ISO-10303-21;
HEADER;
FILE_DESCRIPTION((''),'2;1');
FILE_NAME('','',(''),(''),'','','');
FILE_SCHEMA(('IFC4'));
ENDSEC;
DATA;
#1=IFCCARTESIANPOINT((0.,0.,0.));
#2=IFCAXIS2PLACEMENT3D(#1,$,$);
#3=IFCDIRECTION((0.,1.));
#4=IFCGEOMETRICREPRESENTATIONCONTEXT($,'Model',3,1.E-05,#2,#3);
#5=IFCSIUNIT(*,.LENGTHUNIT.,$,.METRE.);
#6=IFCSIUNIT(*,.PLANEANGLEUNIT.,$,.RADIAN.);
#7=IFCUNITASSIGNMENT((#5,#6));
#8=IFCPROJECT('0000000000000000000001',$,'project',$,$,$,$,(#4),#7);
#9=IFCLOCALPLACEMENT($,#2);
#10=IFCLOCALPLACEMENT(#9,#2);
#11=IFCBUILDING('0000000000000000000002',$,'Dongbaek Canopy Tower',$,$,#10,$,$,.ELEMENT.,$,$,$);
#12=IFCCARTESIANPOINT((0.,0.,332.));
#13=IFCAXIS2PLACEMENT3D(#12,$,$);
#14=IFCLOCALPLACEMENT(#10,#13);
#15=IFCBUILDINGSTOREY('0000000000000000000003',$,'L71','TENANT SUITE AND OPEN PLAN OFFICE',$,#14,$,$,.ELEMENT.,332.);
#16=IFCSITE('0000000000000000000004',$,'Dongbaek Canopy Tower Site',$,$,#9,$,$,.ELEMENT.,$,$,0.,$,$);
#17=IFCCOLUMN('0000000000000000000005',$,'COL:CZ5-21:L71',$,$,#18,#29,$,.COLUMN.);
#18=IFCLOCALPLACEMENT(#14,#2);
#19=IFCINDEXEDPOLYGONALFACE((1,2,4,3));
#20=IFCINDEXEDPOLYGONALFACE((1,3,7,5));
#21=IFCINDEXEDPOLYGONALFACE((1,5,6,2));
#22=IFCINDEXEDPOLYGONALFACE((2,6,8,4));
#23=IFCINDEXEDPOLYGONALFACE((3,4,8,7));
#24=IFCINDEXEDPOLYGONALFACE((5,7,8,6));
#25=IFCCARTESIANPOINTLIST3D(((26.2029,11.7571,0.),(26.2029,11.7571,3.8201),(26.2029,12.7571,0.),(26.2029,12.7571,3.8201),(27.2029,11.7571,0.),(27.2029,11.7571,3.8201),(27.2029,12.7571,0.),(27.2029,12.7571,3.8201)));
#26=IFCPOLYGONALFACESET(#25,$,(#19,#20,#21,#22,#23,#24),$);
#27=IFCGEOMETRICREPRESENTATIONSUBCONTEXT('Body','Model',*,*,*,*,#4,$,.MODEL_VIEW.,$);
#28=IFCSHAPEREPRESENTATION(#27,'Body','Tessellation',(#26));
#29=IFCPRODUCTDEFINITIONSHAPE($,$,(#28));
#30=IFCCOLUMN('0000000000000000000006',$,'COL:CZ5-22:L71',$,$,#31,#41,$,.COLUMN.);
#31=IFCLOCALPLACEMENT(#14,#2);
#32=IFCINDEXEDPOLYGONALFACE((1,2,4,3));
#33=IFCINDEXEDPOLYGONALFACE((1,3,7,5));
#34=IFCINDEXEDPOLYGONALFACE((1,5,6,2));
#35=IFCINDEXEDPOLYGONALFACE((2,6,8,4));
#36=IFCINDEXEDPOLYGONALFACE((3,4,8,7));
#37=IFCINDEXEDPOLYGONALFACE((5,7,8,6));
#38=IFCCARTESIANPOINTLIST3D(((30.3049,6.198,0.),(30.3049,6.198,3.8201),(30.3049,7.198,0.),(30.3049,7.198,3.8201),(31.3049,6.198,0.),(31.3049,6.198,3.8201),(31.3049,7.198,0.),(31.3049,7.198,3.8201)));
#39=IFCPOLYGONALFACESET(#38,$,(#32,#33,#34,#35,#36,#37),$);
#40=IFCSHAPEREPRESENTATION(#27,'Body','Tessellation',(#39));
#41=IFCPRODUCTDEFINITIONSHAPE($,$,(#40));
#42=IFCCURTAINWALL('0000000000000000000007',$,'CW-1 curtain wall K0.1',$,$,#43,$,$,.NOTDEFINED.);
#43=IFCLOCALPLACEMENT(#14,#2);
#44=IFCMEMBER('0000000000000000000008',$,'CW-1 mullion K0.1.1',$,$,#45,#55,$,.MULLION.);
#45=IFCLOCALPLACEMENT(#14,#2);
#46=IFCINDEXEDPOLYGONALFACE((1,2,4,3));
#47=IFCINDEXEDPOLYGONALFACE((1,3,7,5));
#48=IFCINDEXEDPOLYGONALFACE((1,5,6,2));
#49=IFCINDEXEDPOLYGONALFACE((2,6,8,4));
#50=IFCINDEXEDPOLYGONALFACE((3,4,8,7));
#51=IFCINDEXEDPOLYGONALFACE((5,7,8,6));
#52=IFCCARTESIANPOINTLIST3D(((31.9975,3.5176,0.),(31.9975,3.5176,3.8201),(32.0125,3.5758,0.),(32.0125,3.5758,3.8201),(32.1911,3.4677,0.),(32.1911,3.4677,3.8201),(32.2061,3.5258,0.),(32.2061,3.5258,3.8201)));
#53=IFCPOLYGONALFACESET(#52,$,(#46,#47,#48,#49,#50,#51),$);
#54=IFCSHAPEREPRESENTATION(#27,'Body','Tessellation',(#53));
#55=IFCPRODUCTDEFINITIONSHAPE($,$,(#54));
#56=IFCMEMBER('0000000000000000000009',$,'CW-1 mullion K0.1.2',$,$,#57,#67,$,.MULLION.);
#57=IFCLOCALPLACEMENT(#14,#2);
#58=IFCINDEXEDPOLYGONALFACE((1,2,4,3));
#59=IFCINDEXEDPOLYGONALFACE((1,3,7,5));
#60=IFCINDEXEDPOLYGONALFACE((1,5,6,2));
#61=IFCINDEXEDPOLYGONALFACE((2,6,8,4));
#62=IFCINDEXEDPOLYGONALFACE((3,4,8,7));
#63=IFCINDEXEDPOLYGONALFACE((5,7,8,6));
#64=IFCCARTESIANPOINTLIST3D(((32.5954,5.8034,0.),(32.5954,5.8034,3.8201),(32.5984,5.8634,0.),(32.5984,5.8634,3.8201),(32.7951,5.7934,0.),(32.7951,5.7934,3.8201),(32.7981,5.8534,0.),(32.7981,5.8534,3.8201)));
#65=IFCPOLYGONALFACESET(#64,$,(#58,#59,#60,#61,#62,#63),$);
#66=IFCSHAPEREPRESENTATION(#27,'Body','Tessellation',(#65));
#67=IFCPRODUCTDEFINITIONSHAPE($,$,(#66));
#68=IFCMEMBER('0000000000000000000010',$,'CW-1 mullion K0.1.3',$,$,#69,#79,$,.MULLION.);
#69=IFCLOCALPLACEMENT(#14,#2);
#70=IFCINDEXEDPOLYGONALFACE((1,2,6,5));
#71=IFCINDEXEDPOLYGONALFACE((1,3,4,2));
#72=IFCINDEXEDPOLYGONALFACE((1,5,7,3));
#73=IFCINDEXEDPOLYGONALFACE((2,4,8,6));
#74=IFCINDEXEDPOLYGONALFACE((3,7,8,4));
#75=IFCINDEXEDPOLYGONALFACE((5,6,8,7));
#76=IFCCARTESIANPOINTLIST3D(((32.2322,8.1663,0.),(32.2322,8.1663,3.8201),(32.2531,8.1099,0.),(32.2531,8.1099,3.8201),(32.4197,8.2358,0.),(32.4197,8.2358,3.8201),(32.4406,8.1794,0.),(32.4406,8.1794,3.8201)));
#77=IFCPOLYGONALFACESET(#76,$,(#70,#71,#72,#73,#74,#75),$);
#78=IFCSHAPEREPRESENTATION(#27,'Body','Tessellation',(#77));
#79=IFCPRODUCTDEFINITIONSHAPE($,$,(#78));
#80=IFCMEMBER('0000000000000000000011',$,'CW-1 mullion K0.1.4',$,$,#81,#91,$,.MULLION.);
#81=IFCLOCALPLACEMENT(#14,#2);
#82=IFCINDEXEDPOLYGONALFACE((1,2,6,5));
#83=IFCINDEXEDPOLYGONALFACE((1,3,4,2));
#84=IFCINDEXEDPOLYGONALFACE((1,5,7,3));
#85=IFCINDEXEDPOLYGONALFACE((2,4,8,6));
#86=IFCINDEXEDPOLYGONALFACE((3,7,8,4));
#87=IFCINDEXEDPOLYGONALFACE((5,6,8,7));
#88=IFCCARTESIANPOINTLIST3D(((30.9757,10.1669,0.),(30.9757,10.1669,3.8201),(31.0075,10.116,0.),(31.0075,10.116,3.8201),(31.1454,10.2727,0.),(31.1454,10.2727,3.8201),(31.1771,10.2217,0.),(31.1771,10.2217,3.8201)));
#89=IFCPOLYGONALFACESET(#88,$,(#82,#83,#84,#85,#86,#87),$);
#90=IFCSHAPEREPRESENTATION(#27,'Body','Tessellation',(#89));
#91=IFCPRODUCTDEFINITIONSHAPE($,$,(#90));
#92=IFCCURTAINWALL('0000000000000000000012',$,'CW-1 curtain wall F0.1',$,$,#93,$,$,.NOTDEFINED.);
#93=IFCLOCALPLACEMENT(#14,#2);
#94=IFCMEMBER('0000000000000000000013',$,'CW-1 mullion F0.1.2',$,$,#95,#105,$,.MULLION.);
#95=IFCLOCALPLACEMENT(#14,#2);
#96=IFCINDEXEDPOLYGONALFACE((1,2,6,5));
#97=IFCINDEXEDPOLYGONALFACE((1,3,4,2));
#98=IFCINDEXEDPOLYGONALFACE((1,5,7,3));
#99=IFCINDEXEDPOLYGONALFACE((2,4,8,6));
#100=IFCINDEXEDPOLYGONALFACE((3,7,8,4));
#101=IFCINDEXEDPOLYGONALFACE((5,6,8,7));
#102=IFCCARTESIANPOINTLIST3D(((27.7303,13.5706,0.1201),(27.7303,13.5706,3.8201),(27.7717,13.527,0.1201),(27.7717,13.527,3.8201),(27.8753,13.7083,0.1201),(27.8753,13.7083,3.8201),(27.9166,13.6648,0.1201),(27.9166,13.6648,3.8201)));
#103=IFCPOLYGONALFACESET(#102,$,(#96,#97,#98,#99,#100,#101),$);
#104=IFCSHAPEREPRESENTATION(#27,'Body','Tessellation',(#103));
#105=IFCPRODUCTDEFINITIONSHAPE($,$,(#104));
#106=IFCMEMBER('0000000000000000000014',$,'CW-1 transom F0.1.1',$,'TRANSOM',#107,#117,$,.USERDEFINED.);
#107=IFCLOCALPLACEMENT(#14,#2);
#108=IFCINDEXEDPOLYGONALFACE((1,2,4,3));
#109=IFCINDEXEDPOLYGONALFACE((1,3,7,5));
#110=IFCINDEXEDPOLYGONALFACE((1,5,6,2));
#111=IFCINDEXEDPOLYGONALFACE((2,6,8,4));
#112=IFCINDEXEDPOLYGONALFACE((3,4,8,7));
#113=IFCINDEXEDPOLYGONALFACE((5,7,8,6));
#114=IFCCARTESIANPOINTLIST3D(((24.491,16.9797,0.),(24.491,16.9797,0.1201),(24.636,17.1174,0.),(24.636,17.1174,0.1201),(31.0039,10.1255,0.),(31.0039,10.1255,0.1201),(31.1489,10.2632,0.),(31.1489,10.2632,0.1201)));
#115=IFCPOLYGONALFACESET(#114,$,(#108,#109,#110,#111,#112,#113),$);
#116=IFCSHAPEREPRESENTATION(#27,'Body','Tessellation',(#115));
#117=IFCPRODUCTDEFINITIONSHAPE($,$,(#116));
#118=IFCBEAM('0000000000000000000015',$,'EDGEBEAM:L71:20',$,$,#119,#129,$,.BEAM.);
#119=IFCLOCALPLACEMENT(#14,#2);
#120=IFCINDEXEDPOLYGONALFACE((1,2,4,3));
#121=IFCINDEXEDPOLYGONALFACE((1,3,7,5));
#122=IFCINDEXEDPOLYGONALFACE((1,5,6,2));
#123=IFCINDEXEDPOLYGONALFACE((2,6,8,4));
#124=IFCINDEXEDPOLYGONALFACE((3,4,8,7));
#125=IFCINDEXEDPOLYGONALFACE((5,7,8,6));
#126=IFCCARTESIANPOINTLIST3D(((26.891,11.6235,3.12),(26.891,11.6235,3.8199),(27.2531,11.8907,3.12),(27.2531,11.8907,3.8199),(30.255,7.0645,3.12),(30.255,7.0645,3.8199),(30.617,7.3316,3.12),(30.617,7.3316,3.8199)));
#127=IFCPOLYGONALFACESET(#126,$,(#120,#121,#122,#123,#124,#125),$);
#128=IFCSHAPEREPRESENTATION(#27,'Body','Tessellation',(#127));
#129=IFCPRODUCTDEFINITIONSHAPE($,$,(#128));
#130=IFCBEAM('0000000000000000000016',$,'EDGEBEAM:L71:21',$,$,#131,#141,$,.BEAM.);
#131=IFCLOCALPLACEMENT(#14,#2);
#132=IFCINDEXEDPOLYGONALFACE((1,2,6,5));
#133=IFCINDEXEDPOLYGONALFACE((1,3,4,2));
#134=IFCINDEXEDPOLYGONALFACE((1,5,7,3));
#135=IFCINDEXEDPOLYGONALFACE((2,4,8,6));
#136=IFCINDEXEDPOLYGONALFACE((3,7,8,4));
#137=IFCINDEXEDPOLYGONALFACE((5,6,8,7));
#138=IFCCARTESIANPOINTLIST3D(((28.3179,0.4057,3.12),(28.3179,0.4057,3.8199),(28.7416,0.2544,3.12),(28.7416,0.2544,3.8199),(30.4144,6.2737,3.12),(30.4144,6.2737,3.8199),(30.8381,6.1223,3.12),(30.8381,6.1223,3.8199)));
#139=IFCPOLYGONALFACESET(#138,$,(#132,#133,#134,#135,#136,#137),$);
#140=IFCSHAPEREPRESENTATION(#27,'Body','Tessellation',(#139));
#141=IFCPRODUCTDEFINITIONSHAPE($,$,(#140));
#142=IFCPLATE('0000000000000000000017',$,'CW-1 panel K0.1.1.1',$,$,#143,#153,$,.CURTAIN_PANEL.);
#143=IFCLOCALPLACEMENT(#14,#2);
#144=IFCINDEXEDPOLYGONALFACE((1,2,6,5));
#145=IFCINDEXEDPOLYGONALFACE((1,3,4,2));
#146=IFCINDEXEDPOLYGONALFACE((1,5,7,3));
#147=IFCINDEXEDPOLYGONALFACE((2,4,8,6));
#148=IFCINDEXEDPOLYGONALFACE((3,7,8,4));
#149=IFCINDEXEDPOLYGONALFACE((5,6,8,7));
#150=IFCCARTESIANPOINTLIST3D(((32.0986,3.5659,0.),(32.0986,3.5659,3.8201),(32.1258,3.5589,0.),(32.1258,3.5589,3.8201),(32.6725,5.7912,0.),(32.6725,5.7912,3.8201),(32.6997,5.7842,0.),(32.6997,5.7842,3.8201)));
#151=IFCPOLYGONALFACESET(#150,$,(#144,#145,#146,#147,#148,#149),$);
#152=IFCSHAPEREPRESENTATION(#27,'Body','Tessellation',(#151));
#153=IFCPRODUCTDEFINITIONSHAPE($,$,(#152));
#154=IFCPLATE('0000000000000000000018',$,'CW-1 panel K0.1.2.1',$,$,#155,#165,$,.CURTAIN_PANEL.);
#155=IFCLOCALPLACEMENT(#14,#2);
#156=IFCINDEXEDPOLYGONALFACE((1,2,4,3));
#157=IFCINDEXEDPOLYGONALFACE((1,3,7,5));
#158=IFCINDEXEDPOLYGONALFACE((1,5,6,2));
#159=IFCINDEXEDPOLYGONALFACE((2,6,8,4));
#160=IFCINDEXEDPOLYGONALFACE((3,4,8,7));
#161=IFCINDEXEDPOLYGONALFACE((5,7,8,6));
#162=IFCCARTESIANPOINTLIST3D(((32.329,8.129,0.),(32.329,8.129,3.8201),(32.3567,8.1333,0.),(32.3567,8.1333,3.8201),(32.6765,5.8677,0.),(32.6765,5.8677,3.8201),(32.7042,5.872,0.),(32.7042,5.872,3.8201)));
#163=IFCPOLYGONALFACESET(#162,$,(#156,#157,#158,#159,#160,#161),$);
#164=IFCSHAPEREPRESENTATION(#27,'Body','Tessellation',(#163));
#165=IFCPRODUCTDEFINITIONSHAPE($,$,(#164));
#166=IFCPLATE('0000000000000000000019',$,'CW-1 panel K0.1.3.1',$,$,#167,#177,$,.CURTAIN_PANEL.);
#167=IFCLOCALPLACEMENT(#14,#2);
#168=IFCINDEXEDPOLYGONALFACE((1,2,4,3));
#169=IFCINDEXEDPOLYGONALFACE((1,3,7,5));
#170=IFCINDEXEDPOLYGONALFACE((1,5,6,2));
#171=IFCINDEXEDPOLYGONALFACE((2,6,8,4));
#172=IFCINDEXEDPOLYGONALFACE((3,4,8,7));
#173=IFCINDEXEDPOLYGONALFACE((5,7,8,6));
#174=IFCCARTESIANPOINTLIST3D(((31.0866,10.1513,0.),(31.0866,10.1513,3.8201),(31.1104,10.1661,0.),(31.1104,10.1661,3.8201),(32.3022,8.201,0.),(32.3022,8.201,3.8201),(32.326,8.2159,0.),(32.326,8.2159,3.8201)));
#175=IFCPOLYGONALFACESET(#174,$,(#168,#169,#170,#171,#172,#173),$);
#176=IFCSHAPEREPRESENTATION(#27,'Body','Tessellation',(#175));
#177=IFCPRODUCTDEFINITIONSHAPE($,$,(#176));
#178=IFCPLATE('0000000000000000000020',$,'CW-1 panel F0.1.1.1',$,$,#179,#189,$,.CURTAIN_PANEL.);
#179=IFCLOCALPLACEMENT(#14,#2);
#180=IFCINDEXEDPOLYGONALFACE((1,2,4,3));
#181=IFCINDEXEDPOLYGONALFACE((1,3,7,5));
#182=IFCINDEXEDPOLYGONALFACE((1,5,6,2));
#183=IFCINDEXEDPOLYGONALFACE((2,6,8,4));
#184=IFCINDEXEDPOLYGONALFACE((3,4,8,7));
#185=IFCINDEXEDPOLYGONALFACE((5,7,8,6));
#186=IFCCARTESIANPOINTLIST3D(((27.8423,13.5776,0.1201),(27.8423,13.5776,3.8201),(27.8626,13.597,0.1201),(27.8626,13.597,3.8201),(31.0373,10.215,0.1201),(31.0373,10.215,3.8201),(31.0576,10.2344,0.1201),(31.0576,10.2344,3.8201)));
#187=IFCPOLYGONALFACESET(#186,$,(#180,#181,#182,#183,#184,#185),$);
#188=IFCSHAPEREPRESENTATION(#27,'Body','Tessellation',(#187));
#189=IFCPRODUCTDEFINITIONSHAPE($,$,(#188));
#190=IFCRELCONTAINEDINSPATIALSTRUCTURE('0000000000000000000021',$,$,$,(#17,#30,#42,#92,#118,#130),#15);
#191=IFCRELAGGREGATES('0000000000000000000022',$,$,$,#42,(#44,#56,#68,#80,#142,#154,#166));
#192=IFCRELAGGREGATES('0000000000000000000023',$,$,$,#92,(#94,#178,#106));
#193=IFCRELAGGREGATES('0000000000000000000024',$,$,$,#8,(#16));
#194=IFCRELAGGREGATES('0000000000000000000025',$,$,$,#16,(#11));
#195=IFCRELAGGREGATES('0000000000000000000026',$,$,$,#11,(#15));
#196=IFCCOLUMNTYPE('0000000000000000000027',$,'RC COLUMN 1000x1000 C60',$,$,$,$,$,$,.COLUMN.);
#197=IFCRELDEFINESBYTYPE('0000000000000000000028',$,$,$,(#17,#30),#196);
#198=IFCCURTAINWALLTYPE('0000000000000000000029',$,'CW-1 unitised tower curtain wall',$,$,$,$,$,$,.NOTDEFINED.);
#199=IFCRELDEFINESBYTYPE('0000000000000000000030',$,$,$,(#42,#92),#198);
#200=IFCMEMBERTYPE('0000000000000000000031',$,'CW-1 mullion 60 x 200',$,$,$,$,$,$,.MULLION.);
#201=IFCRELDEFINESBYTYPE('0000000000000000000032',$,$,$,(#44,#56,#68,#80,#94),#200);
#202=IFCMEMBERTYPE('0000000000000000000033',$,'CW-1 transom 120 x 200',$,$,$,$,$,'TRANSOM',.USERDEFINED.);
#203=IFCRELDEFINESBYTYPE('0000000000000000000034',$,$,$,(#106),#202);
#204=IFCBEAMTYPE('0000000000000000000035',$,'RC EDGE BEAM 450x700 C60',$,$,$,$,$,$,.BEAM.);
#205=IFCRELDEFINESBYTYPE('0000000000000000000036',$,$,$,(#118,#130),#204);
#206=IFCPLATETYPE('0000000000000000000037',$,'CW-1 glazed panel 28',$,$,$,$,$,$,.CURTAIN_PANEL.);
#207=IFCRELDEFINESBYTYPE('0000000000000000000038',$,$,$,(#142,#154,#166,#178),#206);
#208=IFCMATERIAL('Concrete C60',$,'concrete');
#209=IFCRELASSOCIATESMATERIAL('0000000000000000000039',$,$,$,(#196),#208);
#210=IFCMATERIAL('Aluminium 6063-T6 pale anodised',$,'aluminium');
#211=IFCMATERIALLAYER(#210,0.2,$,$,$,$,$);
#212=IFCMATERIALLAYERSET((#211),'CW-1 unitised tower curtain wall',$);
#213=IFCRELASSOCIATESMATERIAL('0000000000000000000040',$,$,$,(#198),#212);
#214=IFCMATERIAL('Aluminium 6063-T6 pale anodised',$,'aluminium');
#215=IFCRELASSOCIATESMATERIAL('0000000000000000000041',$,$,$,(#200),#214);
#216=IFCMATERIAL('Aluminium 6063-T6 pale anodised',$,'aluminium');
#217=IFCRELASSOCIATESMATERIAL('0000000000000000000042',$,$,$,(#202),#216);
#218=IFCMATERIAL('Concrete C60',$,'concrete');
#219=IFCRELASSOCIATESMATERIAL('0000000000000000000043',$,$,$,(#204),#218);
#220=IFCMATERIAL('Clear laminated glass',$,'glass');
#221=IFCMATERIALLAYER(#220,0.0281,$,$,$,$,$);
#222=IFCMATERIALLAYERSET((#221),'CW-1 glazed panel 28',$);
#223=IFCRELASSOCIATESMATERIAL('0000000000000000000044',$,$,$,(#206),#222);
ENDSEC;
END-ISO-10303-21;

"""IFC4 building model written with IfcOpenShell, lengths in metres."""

from ifc_helpers import new_model, si_unit, direction, frame, origin, origin_2d, place, context, subcontext, project, spatial, rectangle, extrude, material, layer, layer_set, material_profile, profile_set, type_object, element, aggregate, save


model = new_model("IFC4")

# Units and contexts
model_context = context("Model", 3, precision=1e-05, world=origin(), true_north=direction((0.0, 1.0)))
body_context = subcontext(model_context, "Body", "Model", "MODEL_VIEW")
ifc_project = project(units=[si_unit("LENGTHUNIT", "METRE"), si_unit("PLANEANGLEUNIT", "RADIAN")], contexts=[model_context])

# Site, building, storey
site_placement = place(None, origin())
site = spatial("IfcSite", under=ifc_project, at=site_placement, Name="Dongbaek Canopy Tower Site", CompositionType="ELEMENT", RefElevation=0.0)
building_placement = place(site_placement, origin())
building = spatial("IfcBuilding", under=site, at=building_placement, Name="Dongbaek Canopy Tower", CompositionType="ELEMENT")
storey_placement = place(building_placement, frame((0.0, 0.0, 332.0)))
storey = spatial("IfcBuildingStorey", under=building, at=storey_placement, Name="L71", Description="TENANT SUITE AND OPEN PLAN OFFICE", CompositionType="ELEMENT", Elevation=332.0)

# Columns
ifc_material_1 = material(Name="Concrete C60", Category="concrete")
ifc_material_profile_1 = material_profile(ifc_material_1, rectangle(XDim=1.0, YDim=1.0, at=origin_2d()), Name="RC COLUMN 1000x1000 C60")
ifc_profile_set_1 = profile_set([ifc_material_profile_1], Name="Concrete C60")
column_type = type_object("IfcColumnType", Name="RC COLUMN 1000x1000 C60", PredefinedType="COLUMN", material=ifc_profile_set_1)
for number, where, z_axis, x_axis, name in (
    (1, (26.7029, 12.2571, 0.0), (0.0, 0.0, 1.0), (1.0, 0.0, 0.0), "COL:CZ5-21:L71"),
    (2, (30.8049, 6.698, 0.0), (0.0, 0.0, 1.0), (1.0, 0.0, 0.0), "COL:CZ5-22:L71"),
):
    element("IfcColumn", number, at=place(storey_placement, frame(where, z_axis=z_axis, x_axis=x_axis)), inside=storey, type_object=column_type, Name=name, PredefinedType="COLUMN", context=body_context, shape_type="SweptSolid", body=[
        extrude(rectangle(XDim=1.0, YDim=1.0, at=origin_2d()), origin(), (0.0, 0.0, 1.0), 3.8201),
    ])

# Curtain walls, members
ifc_material_2 = material(Name="Aluminium 6063-T6 pale anodised", Category="aluminium")
ifc_layer_1 = layer(ifc_material_2, 0.2)
ifc_layer_set_1 = layer_set([ifc_layer_1], Name="CW-1 unitised tower curtain wall")
curtain_wall_type = type_object("IfcCurtainWallType", Name="CW-1 unitised tower curtain wall", PredefinedType="NOTDEFINED", material=ifc_layer_set_1)
curtain_wall_1_placement = place(storey_placement, origin())
curtain_wall_1 = element("IfcCurtainWall", 3, at=curtain_wall_1_placement, inside=storey, type_object=curtain_wall_type, Name="CW-1 curtain wall K0.1", PredefinedType="NOTDEFINED")
ifc_material_3 = material(Name="Aluminium 6063-T6 pale anodised", Category="aluminium")
ifc_material_profile_2 = material_profile(ifc_material_3, rectangle(XDim=0.2, YDim=0.0601, at=origin_2d()), Name="CW-1 mullion 60 x 200")
ifc_profile_set_2 = profile_set([ifc_material_profile_2], Name="Aluminium 6063-T6 pale anodised")
member_type_1 = type_object("IfcMemberType", Name="CW-1 mullion 60 x 200", PredefinedType="MULLION", material=ifc_profile_set_2)
member_1_placement = place(storey_placement, frame((32.1018, 3.5217, 0.0), z_axis=(0.0, 0.0, 1.0), x_axis=(0.968314, -0.249737, 0.0)))
member_1 = element("IfcMember", 4, at=member_1_placement, type_object=member_type_1, Name="CW-1 mullion K0.1.1", PredefinedType="MULLION", context=body_context, shape_type="SweptSolid", body=[
    extrude(rectangle(XDim=0.2, YDim=0.0601, at=origin_2d()), origin(), (0.0, 0.0, 1.0), 3.8201),
])
member_2_placement = place(storey_placement, frame((32.6968, 5.8284, 0.0), z_axis=(0.0, 0.0, 1.0), x_axis=(0.998752, -0.049937, 0.0)))
member_2 = element("IfcMember", 5, at=member_2_placement, type_object=member_type_1, Name="CW-1 mullion K0.1.2", PredefinedType="MULLION", context=body_context, shape_type="SweptSolid", body=[
    extrude(rectangle(XDim=0.2, YDim=0.0601, at=origin_2d()), origin(), (0.0, 0.0, 1.0), 3.8201),
])
member_3_placement = place(storey_placement, frame((32.3364, 8.1729, 0.0), z_axis=(0.0, 0.0, 1.0), x_axis=(0.937665, 0.34754, 0.0)))
member_3 = element("IfcMember", 6, at=member_3_placement, type_object=member_type_1, Name="CW-1 mullion K0.1.3", PredefinedType="MULLION", context=body_context, shape_type="SweptSolid", body=[
    extrude(rectangle(XDim=0.2, YDim=0.0601, at=origin_2d()), origin(), (0.0, 0.0, 1.0), 3.8201),
])
member_4_placement = place(storey_placement, frame((31.0764, 10.1943, 0.0), z_axis=(0.0, 0.0, 1.0), x_axis=(0.848634, 0.52898, 0.0)))
member_4 = element("IfcMember", 7, at=member_4_placement, type_object=member_type_1, Name="CW-1 mullion K0.1.4", PredefinedType="MULLION", context=body_context, shape_type="SweptSolid", body=[
    extrude(rectangle(XDim=0.2, YDim=0.0601, at=origin_2d()), origin(), (0.0, 0.0, 1.0), 3.8201),
])
curtain_wall_2_placement = place(storey_placement, origin())
curtain_wall_2 = element("IfcCurtainWall", 8, at=curtain_wall_2_placement, inside=storey, type_object=curtain_wall_type, Name="CW-1 curtain wall F0.1", PredefinedType="NOTDEFINED")
member_5_placement = place(storey_placement, frame((27.8235, 13.6177, 0.1201), z_axis=(0.0, 0.0, 1.0), x_axis=(0.72494, 0.688812, 0.0)))
member_5 = element("IfcMember", 9, at=member_5_placement, type_object=member_type_1, Name="CW-1 mullion F0.1.2", PredefinedType="MULLION", context=body_context, shape_type="SweptSolid", body=[
    extrude(rectangle(XDim=0.2, YDim=0.0601, at=origin_2d()), origin(), (0.0, 0.0, 1.0), 3.7),
])
ifc_material_4 = material(Name="Aluminium 6063-T6 pale anodised", Category="aluminium")
ifc_material_profile_3 = material_profile(ifc_material_4, rectangle(XDim=0.2, YDim=0.1201, at=origin_2d()), Name="CW-1 transom 120 x 200")
ifc_profile_set_3 = profile_set([ifc_material_profile_3], Name="Aluminium 6063-T6 pale anodised")
member_type_2 = type_object("IfcMemberType", Name="CW-1 transom 120 x 200", ElementType="TRANSOM", PredefinedType="USERDEFINED", material=ifc_profile_set_3)
member_6_placement = place(storey_placement, frame((31.0764, 10.1943, 0.0601), z_axis=(-0.688827, 0.724925, 0.0), x_axis=(-0.724925, -0.688827, 0.0)))
member_6 = element("IfcMember", 10, at=member_6_placement, type_object=member_type_2, Name="CW-1 transom F0.1.1", ObjectType="TRANSOM", PredefinedType="USERDEFINED", context=body_context, shape_type="SweptSolid", body=[
    extrude(rectangle(XDim=0.2, YDim=0.1201, at=origin_2d()), origin(), (0.0, 0.0, 1.0), 9.4551),
])

# Beams
ifc_material_5 = material(Name="Concrete C60", Category="concrete")
ifc_material_profile_4 = material_profile(ifc_material_5, rectangle(XDim=0.45, YDim=0.7, at=origin_2d()), Name="RC EDGE BEAM 450x700 C60")
ifc_profile_set_4 = profile_set([ifc_material_profile_4], Name="Concrete C60")
beam_type = type_object("IfcBeamType", Name="RC EDGE BEAM 450x700 C60", PredefinedType="BEAM", material=ifc_profile_set_4)
beam_1_placement = place(storey_placement, frame((27.072, 11.7571, 3.47), z_axis=(0.593735, -0.80466, 0.0), x_axis=(0.80466, 0.593735, 0.0)))
element("IfcBeam", 11, at=beam_1_placement, inside=storey, type_object=beam_type, Name="EDGEBEAM:L71:20", PredefinedType="BEAM", context=body_context, shape_type="SweptSolid", body=[
    extrude(rectangle(XDim=0.45, YDim=0.7, at=origin_2d()), origin(), (0.0, 0.0, 1.0), 5.6658),
])
beam_2_placement = place(storey_placement, frame((30.6262, 6.198, 3.47), z_axis=(-0.336443, -0.941704, 0.0), x_axis=(0.941704, -0.336443, 0.0)))
element("IfcBeam", 12, at=beam_2_placement, inside=storey, type_object=beam_type, Name="EDGEBEAM:L71:21", PredefinedType="BEAM", context=body_context, shape_type="SweptSolid", body=[
    extrude(rectangle(XDim=0.45, YDim=0.7, at=origin_2d()), origin(), (0.0, 0.0, 1.0), 6.2312),
])

# Plates
ifc_material_6 = material(Name="Clear laminated glass", Category="glass")
ifc_layer_2 = layer(ifc_material_6, 0.0281)
ifc_layer_set_2 = layer_set([ifc_layer_2], Name="CW-1 glazed panel 28")
plate_type = type_object("IfcPlateType", Name="CW-1 glazed panel 28", PredefinedType="CURTAIN_PANEL", material=ifc_layer_set_2)
plate_1_placement = place(storey_placement, frame((32.3992, 4.675, 0.0), z_axis=(0.0, 0.0, 1.0), x_axis=(0.249737, 0.968314, 0.0)))
plate_1 = element("IfcPlate", 13, at=plate_1_placement, type_object=plate_type, Name="CW-1 panel K0.1.1.1", PredefinedType="CURTAIN_PANEL", context=body_context, shape_type="SweptSolid", body=[
    extrude(rectangle(XDim=2.2981, YDim=0.0281, at=origin_2d()), origin(), (0.0, 0.0, 1.0), 3.8201),
])
plate_2_placement = place(storey_placement, frame((32.5166, 7.0005, 0.0), z_axis=(0.0, 0.0, 1.0), x_axis=(-0.151904, 0.988395, 0.0)))
plate_2 = element("IfcPlate", 14, at=plate_2_placement, type_object=plate_type, Name="CW-1 panel K0.1.2.1", PredefinedType="CURTAIN_PANEL", context=body_context, shape_type="SweptSolid", body=[
    extrude(rectangle(XDim=2.2878, YDim=0.0281, at=origin_2d()), origin(), (0.0, 0.0, 1.0), 3.8201),
])
plate_3_placement = place(storey_placement, frame((31.7063, 9.1836, 0.0), z_axis=(0.0, 0.0, 1.0), x_axis=(-0.52898, 0.848634, 0.0)))
plate_3 = element("IfcPlate", 15, at=plate_3_placement, type_object=plate_type, Name="CW-1 panel K0.1.3.1", PredefinedType="CURTAIN_PANEL", context=body_context, shape_type="SweptSolid", body=[
    extrude(rectangle(XDim=2.2981, YDim=0.0281, at=origin_2d()), origin(), (0.0, 0.0, 1.0), 3.8201),
])
plate_4_placement = place(storey_placement, frame((29.45, 11.906, 0.1201), z_axis=(0.0, 0.0, 1.0), x_axis=(-0.688812, 0.72494, 0.0)))
plate_4 = element("IfcPlate", 16, at=plate_4_placement, type_object=plate_type, Name="CW-1 panel F0.1.1.1", PredefinedType="CURTAIN_PANEL", context=body_context, shape_type="SweptSolid", body=[
    extrude(rectangle(XDim=4.6384, YDim=0.0281, at=origin_2d()), origin(), (0.0, 0.0, 1.0), 3.7),
])

aggregate(curtain_wall_1, [member_1, member_2, member_3, member_4, plate_1, plate_2, plate_3])
aggregate(curtain_wall_2, [member_5, plate_4, member_6])

save(model, "model.ifc")
